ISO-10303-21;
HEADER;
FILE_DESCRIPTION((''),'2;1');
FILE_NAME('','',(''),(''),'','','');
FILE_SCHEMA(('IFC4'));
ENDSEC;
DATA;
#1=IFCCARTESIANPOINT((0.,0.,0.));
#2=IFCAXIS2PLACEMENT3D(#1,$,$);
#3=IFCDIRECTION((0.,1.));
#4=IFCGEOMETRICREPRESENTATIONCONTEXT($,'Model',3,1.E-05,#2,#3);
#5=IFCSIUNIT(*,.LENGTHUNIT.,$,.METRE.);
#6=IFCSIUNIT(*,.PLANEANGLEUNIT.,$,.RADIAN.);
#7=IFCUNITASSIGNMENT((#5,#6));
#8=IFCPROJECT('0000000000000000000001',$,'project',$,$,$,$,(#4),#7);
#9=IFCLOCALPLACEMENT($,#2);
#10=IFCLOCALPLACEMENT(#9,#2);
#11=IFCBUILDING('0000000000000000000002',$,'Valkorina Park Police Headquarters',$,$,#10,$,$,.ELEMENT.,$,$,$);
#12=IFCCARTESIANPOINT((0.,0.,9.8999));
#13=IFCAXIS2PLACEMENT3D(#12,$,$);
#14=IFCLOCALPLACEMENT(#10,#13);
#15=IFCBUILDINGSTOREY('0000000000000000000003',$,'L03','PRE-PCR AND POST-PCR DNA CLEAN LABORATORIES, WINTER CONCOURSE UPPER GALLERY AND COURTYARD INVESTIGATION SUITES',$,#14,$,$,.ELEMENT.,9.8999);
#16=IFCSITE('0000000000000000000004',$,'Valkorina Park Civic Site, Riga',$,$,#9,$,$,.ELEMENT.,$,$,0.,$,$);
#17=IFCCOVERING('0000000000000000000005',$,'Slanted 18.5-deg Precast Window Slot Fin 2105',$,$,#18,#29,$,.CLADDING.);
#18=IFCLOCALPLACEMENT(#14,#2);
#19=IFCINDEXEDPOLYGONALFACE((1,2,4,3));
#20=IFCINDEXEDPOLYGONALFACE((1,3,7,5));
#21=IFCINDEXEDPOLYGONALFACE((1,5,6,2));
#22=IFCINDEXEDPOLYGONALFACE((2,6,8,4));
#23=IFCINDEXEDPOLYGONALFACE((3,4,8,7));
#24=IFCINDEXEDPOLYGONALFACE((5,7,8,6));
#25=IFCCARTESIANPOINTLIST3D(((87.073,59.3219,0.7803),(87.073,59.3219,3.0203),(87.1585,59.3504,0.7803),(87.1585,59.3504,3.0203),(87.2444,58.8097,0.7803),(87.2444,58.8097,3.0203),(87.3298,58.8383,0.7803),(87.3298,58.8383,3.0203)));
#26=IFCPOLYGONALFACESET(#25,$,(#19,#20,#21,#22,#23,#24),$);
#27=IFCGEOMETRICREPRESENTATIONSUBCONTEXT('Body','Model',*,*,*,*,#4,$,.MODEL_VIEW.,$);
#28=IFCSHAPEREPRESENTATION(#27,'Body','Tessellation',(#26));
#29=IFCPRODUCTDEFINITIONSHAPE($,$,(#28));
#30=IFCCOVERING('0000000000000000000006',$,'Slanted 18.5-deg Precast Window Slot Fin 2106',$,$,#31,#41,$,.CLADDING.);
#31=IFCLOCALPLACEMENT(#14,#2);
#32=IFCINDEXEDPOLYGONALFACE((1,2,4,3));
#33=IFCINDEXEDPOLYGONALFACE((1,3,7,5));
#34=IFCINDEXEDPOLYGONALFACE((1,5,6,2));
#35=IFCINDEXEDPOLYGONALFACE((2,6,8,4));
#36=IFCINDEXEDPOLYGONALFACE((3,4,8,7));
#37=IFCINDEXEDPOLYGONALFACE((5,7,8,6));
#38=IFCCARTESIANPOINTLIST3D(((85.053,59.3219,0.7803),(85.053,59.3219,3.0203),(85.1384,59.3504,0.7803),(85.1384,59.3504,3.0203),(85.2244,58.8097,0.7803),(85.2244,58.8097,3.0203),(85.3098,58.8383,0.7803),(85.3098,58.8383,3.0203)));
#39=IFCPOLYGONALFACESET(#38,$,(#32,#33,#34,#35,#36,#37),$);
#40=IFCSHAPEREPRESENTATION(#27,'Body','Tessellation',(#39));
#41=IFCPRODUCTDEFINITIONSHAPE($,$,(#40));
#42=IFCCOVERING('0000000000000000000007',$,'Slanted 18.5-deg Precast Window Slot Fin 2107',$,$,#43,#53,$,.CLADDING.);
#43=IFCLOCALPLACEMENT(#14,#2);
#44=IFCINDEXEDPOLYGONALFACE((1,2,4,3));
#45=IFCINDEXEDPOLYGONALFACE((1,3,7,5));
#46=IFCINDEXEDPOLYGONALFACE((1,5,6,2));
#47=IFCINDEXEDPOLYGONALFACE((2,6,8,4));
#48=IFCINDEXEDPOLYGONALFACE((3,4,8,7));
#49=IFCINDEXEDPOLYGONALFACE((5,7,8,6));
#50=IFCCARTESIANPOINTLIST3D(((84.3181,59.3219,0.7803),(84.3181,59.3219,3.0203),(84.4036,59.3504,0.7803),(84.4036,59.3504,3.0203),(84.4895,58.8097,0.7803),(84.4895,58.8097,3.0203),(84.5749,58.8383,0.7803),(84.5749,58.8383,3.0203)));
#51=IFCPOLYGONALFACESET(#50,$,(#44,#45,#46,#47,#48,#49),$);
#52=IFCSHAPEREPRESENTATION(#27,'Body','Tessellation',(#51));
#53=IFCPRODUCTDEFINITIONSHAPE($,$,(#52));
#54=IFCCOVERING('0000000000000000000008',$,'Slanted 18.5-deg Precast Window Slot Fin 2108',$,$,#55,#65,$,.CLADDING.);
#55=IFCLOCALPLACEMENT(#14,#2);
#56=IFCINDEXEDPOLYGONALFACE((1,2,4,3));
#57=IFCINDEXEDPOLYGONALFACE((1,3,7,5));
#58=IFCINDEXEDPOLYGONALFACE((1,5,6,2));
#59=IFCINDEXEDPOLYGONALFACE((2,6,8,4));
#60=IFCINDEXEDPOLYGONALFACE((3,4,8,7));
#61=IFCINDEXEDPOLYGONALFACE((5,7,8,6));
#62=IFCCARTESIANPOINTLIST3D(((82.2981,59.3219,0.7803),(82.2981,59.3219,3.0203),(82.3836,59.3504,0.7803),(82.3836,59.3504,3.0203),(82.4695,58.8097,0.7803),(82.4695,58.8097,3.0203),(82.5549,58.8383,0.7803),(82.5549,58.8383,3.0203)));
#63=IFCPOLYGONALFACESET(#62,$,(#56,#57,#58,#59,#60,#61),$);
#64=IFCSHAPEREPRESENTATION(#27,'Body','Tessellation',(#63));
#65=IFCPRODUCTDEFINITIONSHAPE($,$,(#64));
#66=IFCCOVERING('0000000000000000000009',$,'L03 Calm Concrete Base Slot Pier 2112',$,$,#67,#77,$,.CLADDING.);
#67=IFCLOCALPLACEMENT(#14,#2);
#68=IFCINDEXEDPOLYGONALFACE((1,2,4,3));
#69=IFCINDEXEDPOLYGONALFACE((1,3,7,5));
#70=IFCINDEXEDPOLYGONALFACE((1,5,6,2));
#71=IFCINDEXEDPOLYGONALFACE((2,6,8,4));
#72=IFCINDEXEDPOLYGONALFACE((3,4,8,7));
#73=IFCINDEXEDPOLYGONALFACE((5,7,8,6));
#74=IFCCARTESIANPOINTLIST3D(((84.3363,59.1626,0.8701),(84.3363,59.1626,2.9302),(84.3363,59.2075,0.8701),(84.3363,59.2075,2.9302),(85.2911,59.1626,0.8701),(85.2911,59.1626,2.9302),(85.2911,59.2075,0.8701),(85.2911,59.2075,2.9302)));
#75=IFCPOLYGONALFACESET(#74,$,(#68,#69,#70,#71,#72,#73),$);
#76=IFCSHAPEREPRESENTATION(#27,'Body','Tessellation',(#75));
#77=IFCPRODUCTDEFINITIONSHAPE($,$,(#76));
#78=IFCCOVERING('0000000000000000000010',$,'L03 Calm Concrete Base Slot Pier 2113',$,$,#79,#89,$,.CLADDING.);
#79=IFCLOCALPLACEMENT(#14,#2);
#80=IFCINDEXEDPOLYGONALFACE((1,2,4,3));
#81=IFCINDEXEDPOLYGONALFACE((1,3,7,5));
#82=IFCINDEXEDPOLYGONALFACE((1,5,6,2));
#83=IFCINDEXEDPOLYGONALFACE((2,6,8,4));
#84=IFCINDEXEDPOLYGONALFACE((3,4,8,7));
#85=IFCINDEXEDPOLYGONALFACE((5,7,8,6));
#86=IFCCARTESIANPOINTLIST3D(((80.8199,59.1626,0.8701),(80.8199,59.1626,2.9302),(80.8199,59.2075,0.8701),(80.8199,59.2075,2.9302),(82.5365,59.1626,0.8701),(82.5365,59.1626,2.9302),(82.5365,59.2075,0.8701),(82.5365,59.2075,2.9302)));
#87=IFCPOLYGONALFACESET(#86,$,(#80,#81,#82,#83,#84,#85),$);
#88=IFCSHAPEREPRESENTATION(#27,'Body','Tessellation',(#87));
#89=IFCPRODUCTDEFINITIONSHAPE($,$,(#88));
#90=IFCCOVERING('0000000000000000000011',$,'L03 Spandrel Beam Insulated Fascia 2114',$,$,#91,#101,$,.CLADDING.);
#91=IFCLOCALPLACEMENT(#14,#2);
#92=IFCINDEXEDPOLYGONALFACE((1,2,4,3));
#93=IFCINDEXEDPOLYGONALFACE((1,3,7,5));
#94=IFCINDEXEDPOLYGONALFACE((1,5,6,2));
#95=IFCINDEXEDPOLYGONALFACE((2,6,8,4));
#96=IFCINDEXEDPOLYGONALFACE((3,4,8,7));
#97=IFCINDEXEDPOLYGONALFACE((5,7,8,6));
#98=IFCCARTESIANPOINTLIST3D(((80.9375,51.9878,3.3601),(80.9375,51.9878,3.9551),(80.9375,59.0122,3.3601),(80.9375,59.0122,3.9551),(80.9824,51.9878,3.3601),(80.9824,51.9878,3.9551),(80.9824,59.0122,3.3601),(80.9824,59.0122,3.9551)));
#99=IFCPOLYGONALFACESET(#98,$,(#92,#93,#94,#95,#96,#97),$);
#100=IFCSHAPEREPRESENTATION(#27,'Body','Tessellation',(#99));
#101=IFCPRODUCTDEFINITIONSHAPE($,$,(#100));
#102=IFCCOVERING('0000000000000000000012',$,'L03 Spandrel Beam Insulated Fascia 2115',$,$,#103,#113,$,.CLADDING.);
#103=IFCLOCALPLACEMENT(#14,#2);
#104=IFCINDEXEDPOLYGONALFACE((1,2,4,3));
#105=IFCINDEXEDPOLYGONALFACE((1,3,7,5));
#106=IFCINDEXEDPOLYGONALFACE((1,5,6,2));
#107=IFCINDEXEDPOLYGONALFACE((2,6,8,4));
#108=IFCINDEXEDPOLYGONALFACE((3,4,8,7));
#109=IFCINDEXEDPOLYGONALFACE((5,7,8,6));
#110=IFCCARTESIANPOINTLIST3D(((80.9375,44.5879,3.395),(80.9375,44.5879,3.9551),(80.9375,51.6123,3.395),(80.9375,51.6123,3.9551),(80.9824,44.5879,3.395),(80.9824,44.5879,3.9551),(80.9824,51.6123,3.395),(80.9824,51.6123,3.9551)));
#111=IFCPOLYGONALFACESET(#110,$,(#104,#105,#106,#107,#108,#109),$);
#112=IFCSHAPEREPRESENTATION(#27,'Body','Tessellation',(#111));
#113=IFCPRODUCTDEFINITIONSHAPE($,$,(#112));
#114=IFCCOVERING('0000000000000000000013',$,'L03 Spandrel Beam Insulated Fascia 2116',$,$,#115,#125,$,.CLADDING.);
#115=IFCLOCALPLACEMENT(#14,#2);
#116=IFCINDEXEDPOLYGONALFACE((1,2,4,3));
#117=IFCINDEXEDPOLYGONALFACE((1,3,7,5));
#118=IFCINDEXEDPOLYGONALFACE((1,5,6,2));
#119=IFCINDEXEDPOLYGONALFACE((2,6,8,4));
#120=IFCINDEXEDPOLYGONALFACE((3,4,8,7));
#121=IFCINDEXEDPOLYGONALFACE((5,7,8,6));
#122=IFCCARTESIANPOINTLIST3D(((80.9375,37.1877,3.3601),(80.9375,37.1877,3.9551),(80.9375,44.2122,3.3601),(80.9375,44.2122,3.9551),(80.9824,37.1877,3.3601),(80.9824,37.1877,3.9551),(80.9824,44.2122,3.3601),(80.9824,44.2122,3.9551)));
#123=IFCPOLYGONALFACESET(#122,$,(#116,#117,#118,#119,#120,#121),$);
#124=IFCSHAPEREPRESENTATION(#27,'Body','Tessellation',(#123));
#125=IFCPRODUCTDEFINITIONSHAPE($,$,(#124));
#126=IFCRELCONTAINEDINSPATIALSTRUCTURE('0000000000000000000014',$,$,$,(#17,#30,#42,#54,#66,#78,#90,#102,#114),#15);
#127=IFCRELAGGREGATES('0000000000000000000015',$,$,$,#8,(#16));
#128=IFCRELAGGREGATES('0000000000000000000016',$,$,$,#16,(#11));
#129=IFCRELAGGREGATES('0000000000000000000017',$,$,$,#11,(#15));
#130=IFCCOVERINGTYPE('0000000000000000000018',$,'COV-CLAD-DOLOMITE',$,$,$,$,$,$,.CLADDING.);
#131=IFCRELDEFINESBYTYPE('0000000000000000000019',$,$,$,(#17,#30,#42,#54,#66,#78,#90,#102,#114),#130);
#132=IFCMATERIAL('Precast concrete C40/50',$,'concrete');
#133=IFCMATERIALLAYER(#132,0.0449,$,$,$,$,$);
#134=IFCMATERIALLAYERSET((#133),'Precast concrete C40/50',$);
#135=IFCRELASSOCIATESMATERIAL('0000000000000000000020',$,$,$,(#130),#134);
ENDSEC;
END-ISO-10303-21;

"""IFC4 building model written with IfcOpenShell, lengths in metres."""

from ifc_helpers import new_model, si_unit, direction, frame, frame_2d, origin, origin_2d, place, context, subcontext, project, spatial, rectangle, extrude, material, layer, layer_set, type_object, element, save


model = new_model("IFC4")

# Units and contexts
model_context = context("Model", 3, precision=1e-05, world=origin(), true_north=direction((0.0, 1.0)))
body_context = subcontext(model_context, "Body", "Model", "MODEL_VIEW")
ifc_project = project(units=[si_unit("LENGTHUNIT", "METRE"), si_unit("PLANEANGLEUNIT", "RADIAN")], contexts=[model_context])

# Site, building, storey
site_placement = place(None, origin())
site = spatial("IfcSite", under=ifc_project, at=site_placement, Name="Valkorina Park Civic Site, Riga", CompositionType="ELEMENT", RefElevation=0.0)
building_placement = place(site_placement, origin())
building = spatial("IfcBuilding", under=site, at=building_placement, Name="Valkorina Park Police Headquarters", CompositionType="ELEMENT")
storey_placement = place(building_placement, frame((0.0, 0.0, 9.8999)))
storey = spatial("IfcBuildingStorey", under=building, at=storey_placement, Name="L03", Description="PRE-PCR AND POST-PCR DNA CLEAN LABORATORIES, WINTER CONCOURSE UPPER GALLERY AND COURTYARD INVESTIGATION SUITES", CompositionType="ELEMENT", Elevation=9.8999)

# Coverings
ifc_material_1 = material(Name="Precast concrete C40/50", Category="concrete")
ifc_layer_1 = layer(ifc_material_1, 0.0449)
ifc_layer_set_1 = layer_set([ifc_layer_1], Name="Precast concrete C40/50")
covering_type = type_object("IfcCoveringType", Name="COV-CLAD-DOLOMITE", PredefinedType="CLADDING", material=ifc_layer_set_1)
for number, where, z_axis, x_axis, name in (
    (1, (87.2014, 59.0801, 0.7803), (0.0, 0.0, 1.0), (0.317305, -0.948324, 0.0), "Slanted 18.5-deg Precast Window Slot Fin 2105"),
    (2, (85.1814, 59.0801, 0.7803), (0.0, 0.0, 1.0), (0.317305, -0.948324, 0.0), "Slanted 18.5-deg Precast Window Slot Fin 2106"),
    (3, (84.4465, 59.0801, 0.7803), (0.0, 0.0, 1.0), (0.317305, -0.948324, 0.0), "Slanted 18.5-deg Precast Window Slot Fin 2107"),
    (4, (82.4265, 59.0801, 0.7803), (0.0, 0.0, 1.0), (0.317305, -0.948324, 0.0), "Slanted 18.5-deg Precast Window Slot Fin 2108"),
):
    element("IfcCovering", number, at=place(storey_placement, frame(where, z_axis=z_axis, x_axis=x_axis)), inside=storey, type_object=covering_type, Name=name, PredefinedType="CLADDING", context=body_context, shape_type="SweptSolid", body=[
        extrude(rectangle(XDim=0.54, YDim=0.0901, at=origin_2d()), origin(), (0.0, 0.0, 1.0), 2.24),
    ])
covering_1_placement = place(storey_placement, frame((85.2913, 59.1851, 0.8701), z_axis=(0.0, 0.0, 1.0), x_axis=(-1.0, 0.0, 0.0)))
element("IfcCovering", 5, at=covering_1_placement, inside=storey, type_object=covering_type, Name="L03 Calm Concrete Base Slot Pier 2112", PredefinedType="CLADDING", context=body_context, shape_type="SweptSolid", body=[
    extrude(rectangle(XDim=0.9548, YDim=0.0449, at=frame_2d((0.4775, 0.0))), origin(), (0.0, 0.0, 1.0), 2.0601),
])
covering_2_placement = place(storey_placement, frame((82.5366, 59.1851, 0.8701), z_axis=(0.0, 0.0, 1.0), x_axis=(-1.0, 0.0, 0.0)))
element("IfcCovering", 6, at=covering_2_placement, inside=storey, type_object=covering_type, Name="L03 Calm Concrete Base Slot Pier 2113", PredefinedType="CLADDING", context=body_context, shape_type="SweptSolid", body=[
    extrude(rectangle(XDim=1.7166, YDim=0.0449, at=frame_2d((0.8584, 0.0))), origin(), (0.0, 0.0, 1.0), 2.0601),
])
covering_3_placement = place(storey_placement, frame((80.96, 59.0122, 3.3601), z_axis=(0.0, 0.0, 1.0), x_axis=(0.0, -1.0, 0.0)))
element("IfcCovering", 7, at=covering_3_placement, inside=storey, type_object=covering_type, Name="L03 Spandrel Beam Insulated Fascia 2114", PredefinedType="CLADDING", context=body_context, shape_type="SweptSolid", body=[
    extrude(rectangle(XDim=7.0244, YDim=0.0449, at=frame_2d((3.5122, 0.0))), origin(), (0.0, 0.0, 1.0), 0.595),
])
covering_4_placement = place(storey_placement, frame((80.96, 51.6123, 3.395), z_axis=(0.0, 0.0, 1.0), x_axis=(0.0, -1.0, 0.0)))
element("IfcCovering", 8, at=covering_4_placement, inside=storey, type_object=covering_type, Name="L03 Spandrel Beam Insulated Fascia 2115", PredefinedType="CLADDING", context=body_context, shape_type="SweptSolid", body=[
    extrude(rectangle(XDim=7.0244, YDim=0.0449, at=frame_2d((3.5122, 0.0))), origin(), (0.0, 0.0, 1.0), 0.5601),
])
covering_5_placement = place(storey_placement, frame((80.96, 44.2122, 3.3601), z_axis=(0.0, 0.0, 1.0), x_axis=(0.0, -1.0, 0.0)))
element("IfcCovering", 9, at=covering_5_placement, inside=storey, type_object=covering_type, Name="L03 Spandrel Beam Insulated Fascia 2116", PredefinedType="CLADDING", context=body_context, shape_type="SweptSolid", body=[
    extrude(rectangle(XDim=7.0244, YDim=0.0449, at=frame_2d((3.5122, 0.0))), origin(), (0.0, 0.0, 1.0), 0.595),
])

save(model, "model.ifc")
